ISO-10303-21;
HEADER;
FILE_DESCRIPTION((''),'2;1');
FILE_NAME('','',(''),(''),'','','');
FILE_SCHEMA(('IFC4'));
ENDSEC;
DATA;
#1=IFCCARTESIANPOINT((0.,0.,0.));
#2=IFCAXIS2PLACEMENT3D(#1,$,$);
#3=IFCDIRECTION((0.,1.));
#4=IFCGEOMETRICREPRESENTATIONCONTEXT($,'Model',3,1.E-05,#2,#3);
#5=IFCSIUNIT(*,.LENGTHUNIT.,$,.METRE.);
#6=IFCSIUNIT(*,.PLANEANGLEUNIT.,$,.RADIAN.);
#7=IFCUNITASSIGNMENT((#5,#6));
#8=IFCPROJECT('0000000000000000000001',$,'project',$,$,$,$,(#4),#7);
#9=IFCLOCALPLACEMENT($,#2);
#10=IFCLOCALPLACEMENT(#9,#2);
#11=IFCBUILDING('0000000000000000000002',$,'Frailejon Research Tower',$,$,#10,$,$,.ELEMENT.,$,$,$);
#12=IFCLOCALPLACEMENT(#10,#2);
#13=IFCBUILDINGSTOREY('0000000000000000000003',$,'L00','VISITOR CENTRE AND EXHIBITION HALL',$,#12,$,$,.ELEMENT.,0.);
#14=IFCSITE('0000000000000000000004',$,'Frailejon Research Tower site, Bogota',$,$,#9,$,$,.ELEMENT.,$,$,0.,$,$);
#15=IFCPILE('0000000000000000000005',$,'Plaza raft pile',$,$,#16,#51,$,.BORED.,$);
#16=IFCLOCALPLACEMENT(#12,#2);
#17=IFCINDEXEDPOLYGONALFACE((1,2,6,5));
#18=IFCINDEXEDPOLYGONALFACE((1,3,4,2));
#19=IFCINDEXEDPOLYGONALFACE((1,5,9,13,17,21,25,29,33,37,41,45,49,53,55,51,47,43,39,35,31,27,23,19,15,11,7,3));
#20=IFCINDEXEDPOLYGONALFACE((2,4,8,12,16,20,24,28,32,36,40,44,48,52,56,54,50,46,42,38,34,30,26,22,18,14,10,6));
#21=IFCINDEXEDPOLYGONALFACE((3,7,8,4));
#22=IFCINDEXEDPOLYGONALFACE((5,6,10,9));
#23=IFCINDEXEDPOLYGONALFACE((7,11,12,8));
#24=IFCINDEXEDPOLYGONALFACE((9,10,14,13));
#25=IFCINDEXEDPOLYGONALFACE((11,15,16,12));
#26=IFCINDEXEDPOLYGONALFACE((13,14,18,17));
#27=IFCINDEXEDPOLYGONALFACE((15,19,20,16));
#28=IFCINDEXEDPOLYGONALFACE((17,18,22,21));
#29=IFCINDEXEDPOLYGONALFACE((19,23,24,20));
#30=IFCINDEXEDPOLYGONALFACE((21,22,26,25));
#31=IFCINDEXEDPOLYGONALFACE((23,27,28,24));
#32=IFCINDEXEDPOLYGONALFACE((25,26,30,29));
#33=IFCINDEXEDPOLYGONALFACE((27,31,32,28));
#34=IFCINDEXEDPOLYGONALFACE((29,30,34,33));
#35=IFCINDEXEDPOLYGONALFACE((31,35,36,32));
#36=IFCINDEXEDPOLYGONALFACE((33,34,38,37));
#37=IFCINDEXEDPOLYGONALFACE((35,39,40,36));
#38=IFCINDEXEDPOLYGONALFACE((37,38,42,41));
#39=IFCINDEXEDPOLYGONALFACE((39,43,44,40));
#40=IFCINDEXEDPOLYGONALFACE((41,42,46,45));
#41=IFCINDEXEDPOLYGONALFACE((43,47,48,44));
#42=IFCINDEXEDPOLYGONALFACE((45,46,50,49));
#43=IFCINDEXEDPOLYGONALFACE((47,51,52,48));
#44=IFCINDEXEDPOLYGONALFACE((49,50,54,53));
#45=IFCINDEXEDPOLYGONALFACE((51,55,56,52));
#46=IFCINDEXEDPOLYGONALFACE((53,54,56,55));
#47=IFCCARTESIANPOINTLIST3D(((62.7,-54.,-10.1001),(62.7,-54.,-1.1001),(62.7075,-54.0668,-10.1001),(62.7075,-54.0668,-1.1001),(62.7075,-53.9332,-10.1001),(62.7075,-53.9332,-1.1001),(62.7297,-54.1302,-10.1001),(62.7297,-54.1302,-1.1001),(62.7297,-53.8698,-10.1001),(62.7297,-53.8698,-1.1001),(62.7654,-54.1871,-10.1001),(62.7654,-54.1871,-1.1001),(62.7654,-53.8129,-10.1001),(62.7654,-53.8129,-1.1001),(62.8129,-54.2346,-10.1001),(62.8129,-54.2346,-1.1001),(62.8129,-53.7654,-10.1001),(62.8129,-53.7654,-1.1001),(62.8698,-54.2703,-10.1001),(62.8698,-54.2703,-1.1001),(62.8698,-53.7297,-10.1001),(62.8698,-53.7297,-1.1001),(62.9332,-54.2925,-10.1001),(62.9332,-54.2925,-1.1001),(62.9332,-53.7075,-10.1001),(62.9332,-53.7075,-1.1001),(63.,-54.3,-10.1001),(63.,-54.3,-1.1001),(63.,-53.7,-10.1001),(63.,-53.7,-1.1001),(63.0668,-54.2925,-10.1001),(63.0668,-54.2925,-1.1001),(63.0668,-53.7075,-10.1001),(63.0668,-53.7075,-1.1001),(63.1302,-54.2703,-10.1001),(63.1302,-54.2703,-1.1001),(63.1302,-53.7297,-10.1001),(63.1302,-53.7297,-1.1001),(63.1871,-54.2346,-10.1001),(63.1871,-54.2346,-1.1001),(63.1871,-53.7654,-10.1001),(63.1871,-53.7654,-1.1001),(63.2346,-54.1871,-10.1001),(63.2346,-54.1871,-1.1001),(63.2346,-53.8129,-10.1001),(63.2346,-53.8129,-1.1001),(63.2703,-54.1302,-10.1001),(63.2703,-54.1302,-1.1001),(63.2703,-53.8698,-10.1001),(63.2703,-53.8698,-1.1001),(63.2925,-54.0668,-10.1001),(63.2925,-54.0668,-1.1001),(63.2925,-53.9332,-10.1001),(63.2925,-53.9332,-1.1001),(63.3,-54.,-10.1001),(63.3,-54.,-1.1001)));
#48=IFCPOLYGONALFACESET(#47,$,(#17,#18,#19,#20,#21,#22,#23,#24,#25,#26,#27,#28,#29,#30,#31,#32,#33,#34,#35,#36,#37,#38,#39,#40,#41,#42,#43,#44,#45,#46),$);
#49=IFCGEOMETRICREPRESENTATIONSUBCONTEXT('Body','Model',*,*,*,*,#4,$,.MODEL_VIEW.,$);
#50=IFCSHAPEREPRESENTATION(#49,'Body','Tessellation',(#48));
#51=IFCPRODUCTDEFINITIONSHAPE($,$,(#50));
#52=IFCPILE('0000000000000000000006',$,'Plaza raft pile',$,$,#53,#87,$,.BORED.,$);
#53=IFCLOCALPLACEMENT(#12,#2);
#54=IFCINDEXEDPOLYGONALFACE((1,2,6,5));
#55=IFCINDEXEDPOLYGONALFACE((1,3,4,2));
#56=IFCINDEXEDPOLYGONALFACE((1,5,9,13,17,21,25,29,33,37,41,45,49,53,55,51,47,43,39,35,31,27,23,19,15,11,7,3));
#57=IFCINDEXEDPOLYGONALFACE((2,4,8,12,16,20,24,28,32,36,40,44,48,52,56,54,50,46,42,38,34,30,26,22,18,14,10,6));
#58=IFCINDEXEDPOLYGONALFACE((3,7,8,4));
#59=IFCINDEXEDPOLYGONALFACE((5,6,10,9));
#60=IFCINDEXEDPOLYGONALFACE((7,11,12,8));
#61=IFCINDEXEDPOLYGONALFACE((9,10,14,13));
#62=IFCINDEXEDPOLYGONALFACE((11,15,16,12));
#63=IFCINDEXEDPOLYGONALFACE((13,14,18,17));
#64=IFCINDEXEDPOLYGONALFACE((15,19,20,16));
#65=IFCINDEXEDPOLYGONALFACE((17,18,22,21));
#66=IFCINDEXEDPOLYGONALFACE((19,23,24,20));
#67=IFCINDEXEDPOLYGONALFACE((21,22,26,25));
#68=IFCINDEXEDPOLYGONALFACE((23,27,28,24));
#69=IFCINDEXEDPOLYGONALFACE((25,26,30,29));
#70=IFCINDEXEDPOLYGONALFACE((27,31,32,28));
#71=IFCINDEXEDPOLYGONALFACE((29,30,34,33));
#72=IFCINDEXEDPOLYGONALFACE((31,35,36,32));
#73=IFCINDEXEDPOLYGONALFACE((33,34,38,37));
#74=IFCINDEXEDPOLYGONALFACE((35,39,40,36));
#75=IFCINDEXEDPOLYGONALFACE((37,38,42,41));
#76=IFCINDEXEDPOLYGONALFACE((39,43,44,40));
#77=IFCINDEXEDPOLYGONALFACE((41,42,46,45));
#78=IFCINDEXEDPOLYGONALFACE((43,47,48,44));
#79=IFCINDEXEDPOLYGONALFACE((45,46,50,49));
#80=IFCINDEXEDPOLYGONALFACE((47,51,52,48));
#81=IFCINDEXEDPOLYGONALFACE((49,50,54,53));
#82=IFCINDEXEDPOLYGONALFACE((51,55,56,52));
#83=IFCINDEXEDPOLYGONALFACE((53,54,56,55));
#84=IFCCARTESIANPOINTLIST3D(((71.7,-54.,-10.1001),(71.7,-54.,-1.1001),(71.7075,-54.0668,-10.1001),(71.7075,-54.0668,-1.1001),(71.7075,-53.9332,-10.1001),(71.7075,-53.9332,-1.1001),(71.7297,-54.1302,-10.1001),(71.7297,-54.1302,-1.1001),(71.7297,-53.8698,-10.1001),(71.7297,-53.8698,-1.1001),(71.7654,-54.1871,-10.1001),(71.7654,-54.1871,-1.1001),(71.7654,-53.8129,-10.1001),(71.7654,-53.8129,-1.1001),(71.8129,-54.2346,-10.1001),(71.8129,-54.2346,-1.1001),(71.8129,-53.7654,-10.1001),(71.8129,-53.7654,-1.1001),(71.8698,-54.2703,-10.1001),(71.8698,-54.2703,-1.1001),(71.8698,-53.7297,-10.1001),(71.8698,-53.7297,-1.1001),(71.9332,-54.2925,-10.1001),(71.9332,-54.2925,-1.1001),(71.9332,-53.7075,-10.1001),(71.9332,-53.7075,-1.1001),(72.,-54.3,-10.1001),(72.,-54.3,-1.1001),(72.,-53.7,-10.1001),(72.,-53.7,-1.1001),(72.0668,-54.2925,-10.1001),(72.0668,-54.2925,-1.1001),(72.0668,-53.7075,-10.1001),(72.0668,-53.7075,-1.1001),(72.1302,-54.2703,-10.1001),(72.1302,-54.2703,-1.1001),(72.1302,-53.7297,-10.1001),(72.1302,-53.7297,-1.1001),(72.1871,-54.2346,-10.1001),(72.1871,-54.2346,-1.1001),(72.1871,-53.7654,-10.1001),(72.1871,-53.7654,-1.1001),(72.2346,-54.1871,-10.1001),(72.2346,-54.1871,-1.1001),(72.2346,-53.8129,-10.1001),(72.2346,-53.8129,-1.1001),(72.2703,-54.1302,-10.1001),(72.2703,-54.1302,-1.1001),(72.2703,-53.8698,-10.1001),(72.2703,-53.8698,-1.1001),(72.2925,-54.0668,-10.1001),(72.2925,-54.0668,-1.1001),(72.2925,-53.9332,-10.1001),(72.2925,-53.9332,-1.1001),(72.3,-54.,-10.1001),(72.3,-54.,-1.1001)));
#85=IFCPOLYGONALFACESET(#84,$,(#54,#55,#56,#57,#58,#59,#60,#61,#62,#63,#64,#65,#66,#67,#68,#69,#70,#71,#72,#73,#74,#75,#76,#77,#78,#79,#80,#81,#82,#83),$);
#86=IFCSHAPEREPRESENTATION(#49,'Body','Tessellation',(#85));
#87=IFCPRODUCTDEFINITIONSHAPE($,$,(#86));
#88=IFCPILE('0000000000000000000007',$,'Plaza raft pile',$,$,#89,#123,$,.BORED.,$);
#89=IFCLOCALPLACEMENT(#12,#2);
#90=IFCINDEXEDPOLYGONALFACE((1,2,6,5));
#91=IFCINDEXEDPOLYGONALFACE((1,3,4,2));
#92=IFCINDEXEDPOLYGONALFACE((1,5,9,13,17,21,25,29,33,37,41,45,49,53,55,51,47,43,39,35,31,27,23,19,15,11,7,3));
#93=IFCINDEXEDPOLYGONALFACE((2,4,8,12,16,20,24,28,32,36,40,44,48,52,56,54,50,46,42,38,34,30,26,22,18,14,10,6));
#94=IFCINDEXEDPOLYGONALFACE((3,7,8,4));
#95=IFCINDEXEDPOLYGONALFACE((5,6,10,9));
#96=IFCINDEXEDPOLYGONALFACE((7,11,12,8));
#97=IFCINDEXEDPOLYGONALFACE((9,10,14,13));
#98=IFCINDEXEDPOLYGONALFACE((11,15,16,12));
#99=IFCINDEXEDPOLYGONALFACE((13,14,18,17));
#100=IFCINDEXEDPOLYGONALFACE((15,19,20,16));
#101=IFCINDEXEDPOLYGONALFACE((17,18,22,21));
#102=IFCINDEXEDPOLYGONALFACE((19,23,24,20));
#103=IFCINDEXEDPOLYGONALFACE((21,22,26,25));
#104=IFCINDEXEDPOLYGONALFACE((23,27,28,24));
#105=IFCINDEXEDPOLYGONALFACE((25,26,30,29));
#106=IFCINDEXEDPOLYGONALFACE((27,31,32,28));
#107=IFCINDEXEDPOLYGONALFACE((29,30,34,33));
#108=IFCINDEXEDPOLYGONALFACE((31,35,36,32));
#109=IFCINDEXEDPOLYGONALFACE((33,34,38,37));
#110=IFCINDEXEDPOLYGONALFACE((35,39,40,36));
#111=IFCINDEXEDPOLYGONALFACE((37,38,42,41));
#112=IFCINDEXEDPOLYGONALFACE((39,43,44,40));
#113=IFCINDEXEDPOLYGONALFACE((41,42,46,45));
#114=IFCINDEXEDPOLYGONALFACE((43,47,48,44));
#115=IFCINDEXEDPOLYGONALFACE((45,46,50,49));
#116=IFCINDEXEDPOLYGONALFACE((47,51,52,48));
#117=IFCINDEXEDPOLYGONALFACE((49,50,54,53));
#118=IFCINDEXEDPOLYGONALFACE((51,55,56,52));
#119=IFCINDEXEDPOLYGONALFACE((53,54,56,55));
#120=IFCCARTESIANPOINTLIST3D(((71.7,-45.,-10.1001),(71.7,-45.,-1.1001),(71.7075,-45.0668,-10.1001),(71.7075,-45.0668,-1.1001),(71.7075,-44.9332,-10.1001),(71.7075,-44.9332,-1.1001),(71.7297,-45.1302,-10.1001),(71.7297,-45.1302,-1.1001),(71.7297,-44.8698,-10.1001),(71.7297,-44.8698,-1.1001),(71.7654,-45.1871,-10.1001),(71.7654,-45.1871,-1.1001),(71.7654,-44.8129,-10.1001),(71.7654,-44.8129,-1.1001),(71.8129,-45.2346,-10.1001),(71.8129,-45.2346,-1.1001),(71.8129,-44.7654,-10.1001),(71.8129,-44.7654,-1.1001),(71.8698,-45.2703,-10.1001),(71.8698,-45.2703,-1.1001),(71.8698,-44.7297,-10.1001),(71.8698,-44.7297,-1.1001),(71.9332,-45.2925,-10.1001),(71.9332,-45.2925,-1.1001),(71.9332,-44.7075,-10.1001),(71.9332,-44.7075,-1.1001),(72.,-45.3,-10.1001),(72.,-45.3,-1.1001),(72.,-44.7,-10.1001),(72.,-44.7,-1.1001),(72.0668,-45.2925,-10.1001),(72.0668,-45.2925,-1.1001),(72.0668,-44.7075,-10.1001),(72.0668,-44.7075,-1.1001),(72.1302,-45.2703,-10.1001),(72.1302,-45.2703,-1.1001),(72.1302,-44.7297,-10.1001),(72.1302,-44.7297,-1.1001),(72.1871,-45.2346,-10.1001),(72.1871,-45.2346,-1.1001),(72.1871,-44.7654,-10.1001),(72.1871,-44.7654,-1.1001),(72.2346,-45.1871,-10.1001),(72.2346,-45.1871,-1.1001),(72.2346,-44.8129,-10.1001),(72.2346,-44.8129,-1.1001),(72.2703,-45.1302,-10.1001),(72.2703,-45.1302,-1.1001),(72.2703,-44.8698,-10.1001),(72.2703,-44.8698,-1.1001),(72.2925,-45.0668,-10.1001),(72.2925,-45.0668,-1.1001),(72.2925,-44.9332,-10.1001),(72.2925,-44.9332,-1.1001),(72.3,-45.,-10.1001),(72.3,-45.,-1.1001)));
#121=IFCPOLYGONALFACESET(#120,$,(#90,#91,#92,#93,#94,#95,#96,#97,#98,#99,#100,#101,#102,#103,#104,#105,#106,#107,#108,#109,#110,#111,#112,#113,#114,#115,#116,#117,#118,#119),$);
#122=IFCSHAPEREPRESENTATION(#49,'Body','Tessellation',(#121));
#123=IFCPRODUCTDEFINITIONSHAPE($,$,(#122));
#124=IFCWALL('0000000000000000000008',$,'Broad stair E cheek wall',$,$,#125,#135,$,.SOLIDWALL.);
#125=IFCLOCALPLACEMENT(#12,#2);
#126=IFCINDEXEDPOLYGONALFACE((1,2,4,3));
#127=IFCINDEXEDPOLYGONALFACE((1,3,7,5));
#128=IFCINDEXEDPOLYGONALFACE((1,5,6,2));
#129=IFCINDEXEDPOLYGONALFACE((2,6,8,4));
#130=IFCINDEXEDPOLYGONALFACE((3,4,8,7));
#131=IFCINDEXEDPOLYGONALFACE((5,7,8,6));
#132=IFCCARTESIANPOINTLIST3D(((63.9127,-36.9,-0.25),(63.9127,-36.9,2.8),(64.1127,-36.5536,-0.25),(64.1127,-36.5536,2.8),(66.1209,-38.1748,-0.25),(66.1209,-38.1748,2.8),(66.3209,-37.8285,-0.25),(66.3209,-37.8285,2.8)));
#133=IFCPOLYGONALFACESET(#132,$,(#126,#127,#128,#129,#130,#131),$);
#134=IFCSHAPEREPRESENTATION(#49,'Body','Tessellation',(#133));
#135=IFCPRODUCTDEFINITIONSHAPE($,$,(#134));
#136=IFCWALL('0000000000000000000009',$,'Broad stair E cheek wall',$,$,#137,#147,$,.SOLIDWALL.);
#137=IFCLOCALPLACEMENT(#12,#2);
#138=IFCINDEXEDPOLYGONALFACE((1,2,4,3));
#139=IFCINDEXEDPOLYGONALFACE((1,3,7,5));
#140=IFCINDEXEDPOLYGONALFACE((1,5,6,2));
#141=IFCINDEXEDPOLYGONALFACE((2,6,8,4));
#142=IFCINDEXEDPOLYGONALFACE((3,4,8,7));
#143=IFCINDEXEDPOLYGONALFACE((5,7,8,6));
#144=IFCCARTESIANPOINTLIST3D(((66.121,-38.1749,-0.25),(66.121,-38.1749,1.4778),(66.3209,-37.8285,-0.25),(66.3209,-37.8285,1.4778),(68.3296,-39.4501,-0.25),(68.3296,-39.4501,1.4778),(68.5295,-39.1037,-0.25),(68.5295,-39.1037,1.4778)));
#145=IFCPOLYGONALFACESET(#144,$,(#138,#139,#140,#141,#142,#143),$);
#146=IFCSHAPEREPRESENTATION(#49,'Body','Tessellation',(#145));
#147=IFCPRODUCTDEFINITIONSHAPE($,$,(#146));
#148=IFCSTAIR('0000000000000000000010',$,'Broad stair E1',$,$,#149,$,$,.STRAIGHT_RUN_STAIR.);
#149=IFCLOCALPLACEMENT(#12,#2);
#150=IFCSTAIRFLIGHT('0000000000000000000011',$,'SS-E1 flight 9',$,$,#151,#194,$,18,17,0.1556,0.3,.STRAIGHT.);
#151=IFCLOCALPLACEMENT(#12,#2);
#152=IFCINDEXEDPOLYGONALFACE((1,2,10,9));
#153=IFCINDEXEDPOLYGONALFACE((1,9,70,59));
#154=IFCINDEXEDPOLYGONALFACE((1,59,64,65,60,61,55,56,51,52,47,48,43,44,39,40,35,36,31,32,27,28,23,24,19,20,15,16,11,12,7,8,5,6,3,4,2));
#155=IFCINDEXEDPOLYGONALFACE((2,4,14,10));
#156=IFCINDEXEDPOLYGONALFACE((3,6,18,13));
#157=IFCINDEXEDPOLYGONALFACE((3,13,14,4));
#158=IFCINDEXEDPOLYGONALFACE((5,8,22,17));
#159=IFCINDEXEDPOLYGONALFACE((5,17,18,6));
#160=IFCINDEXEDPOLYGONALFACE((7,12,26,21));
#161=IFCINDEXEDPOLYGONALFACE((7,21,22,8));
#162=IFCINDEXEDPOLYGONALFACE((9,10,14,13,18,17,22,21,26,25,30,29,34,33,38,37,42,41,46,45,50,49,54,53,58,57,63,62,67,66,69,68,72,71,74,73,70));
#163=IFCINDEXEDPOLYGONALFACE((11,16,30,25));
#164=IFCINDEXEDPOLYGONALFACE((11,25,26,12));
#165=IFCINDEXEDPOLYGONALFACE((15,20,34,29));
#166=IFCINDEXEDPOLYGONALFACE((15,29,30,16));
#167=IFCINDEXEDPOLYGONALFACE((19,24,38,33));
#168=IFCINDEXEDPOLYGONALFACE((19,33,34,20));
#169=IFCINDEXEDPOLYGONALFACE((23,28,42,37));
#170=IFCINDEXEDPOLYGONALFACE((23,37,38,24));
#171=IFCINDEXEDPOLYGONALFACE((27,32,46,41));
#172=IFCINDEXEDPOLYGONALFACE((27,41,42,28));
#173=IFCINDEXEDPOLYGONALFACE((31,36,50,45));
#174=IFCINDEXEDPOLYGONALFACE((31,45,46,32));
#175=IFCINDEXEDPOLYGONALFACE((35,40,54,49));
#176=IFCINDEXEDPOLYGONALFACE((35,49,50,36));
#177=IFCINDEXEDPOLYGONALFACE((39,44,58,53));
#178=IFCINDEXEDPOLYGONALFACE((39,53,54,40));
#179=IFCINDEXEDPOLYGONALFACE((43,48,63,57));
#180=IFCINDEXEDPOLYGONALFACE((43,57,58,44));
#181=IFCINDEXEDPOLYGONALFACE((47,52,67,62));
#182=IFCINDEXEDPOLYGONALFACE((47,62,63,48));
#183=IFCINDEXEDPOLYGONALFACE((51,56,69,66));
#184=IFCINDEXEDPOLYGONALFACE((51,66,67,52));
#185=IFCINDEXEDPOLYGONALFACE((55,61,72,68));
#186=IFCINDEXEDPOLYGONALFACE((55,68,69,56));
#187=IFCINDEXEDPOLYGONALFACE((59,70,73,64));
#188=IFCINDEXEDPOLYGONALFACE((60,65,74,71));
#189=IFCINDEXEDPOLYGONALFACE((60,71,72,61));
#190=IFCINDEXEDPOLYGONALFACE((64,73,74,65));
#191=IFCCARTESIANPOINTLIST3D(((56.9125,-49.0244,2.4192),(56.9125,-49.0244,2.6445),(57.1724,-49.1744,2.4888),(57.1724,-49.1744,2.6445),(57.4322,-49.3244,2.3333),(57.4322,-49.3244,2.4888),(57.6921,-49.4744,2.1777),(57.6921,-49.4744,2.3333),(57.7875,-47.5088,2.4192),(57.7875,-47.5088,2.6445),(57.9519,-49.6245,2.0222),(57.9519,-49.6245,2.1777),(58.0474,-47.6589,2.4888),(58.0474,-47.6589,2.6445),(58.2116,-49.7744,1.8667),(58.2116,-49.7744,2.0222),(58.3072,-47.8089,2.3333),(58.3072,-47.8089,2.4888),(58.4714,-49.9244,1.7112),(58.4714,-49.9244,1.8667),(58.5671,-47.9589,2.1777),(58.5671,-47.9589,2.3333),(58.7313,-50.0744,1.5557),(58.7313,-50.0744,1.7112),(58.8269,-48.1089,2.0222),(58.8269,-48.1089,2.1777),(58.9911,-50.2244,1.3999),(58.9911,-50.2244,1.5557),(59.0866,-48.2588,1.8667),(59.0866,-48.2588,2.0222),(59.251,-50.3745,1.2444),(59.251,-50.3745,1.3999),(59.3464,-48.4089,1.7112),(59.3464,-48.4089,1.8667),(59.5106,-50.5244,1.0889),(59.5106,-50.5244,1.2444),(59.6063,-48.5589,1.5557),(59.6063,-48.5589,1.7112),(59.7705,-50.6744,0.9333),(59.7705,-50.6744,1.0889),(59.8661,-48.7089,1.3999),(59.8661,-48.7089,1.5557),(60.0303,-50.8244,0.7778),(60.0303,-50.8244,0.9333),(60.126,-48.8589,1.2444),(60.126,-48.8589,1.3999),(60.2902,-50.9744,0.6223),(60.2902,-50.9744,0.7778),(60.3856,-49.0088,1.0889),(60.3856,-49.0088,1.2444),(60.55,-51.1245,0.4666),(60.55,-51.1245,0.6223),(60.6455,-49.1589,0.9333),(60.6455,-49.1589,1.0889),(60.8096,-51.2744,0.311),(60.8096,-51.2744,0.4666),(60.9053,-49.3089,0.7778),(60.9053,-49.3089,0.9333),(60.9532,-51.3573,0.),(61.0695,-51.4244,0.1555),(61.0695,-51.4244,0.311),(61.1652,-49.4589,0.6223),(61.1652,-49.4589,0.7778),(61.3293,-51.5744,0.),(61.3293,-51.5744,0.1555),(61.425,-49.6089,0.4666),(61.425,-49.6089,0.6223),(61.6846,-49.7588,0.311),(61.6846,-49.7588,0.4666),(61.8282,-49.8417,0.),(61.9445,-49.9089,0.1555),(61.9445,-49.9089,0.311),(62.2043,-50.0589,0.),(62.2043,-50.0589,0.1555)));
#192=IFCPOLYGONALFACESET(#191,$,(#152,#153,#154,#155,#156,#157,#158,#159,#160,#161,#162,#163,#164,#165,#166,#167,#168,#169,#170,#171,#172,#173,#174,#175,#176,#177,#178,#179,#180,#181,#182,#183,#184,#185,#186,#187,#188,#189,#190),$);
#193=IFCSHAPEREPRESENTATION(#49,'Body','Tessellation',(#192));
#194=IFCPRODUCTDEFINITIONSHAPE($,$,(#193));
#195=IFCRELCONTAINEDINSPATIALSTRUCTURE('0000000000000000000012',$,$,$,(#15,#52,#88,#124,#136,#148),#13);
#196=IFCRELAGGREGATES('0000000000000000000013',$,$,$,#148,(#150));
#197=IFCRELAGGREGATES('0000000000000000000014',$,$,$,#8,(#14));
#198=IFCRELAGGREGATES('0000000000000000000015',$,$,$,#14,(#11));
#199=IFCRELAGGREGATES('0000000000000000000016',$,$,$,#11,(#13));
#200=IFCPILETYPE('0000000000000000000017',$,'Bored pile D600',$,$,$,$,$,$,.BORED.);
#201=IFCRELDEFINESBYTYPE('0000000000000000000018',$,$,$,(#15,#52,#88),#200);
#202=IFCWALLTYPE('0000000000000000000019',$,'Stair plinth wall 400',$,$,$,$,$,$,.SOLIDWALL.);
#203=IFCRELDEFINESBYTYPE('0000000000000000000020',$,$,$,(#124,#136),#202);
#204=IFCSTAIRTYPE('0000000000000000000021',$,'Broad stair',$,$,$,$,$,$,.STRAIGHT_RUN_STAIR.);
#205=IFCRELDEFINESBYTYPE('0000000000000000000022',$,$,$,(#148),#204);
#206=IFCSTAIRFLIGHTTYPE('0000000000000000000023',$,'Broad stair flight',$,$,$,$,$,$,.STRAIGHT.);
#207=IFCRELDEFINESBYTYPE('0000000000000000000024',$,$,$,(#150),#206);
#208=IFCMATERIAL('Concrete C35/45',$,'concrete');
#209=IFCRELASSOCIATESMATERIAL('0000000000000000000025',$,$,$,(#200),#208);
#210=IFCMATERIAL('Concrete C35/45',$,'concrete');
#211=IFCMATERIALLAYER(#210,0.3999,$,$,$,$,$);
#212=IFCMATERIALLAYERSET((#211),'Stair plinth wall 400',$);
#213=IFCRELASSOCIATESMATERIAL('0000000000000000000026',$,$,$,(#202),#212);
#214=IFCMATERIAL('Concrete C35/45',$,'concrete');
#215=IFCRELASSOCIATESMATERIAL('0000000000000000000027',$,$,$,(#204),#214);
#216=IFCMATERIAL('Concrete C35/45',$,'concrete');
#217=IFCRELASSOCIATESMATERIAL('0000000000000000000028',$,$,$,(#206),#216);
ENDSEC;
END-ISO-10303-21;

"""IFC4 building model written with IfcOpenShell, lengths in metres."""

from ifc_helpers import new_model, si_unit, direction, frame, frame_2d, origin, origin_2d, place, context, subcontext, project, spatial, polyline, rectangle, circle, outline, extrude, material, layer, layer_set, material_profile, profile_set, type_object, element, aggregate, save


model = new_model("IFC4")

# Units and contexts
model_context = context("Model", 3, precision=1e-05, world=origin(), true_north=direction((0.0, 1.0)))
body_context = subcontext(model_context, "Body", "Model", "MODEL_VIEW")
ifc_project = project(units=[si_unit("LENGTHUNIT", "METRE"), si_unit("PLANEANGLEUNIT", "RADIAN")], contexts=[model_context])

# Site, building, storey
site_placement = place(None, origin())
site = spatial("IfcSite", under=ifc_project, at=site_placement, Name="Frailejon Research Tower site, Bogota", CompositionType="ELEMENT", RefElevation=0.0)
building_placement = place(site_placement, origin())
building = spatial("IfcBuilding", under=site, at=building_placement, Name="Frailejon Research Tower", CompositionType="ELEMENT")
storey_placement = place(building_placement, origin())
storey = spatial("IfcBuildingStorey", under=building, at=storey_placement, Name="L00", Description="VISITOR CENTRE AND EXHIBITION HALL", CompositionType="ELEMENT", Elevation=0.0)

# Piles
ifc_material_1 = material(Name="Concrete C35/45", Category="concrete")
ifc_material_profile = material_profile(ifc_material_1, circle(Radius=0.3, at=origin_2d()), Name="Bored pile D600")
ifc_profile_set = profile_set([ifc_material_profile], Name="Concrete C35/45")
pile_type = type_object("IfcPileType", Name="Bored pile D600", PredefinedType="BORED", material=ifc_profile_set)
for number, where, z_axis, x_axis, name in (
    (1, (63.0, -54.0, -1.1001), (0.0, 0.0, -1.0), (1.0, 0.0, 0.0), "Plaza raft pile"),
    (2, (72.0, -54.0, -1.1001), (0.0, 0.0, -1.0), (1.0, 0.0, 0.0), "Plaza raft pile"),
    (3, (72.0, -45.0, -1.1001), (0.0, 0.0, -1.0), (1.0, 0.0, 0.0), "Plaza raft pile"),
):
    element("IfcPile", number, at=place(storey_placement, frame(where, z_axis=z_axis, x_axis=x_axis)), inside=storey, type_object=pile_type, Name=name, PredefinedType="BORED", context=body_context, shape_type="SweptSolid", body=[
        extrude(circle(Radius=0.3, at=origin_2d()), origin(), (0.0, 0.0, 1.0), 9.0),
    ])

# Walls
ifc_material_2 = material(Name="Concrete C35/45", Category="concrete")
ifc_layer = layer(ifc_material_2, 0.3999)
ifc_layer_set = layer_set([ifc_layer], Name="Stair plinth wall 400")
wall_type = type_object("IfcWallType", Name="Stair plinth wall 400", PredefinedType="SOLIDWALL", material=ifc_layer_set)
wall_1_placement = place(storey_placement, frame((64.0127, -36.7268, -0.25), z_axis=(0.0, 0.0, 1.0), x_axis=(0.866031, -0.49999, 0.0)))
element("IfcWall", 4, at=wall_1_placement, inside=storey, type_object=wall_type, Name="Broad stair E cheek wall", PredefinedType="SOLIDWALL", context=body_context, shape_type="SweptSolid", body=[
    extrude(rectangle(XDim=2.5498, YDim=0.3999, at=frame_2d((1.2749, 0.0))), origin(), (0.0, 0.0, 1.0), 3.05),
])
wall_2_placement = place(storey_placement, frame((66.2209, -38.0017, -0.25), z_axis=(0.0, 0.0, 1.0), x_axis=(0.866013, -0.500021, 0.0)))
element("IfcWall", 5, at=wall_2_placement, inside=storey, type_object=wall_type, Name="Broad stair E cheek wall", PredefinedType="SOLIDWALL", context=body_context, shape_type="SweptSolid", body=[
    extrude(rectangle(XDim=2.5503, YDim=0.3999, at=frame_2d((1.2751, 0.0))), origin(), (0.0, 0.0, 1.0), 1.7278),
])

# Stair, stair flight
ifc_material_3 = material(Name="Concrete C35/45", Category="concrete")
stair_type = type_object("IfcStairType", Name="Broad stair", PredefinedType="STRAIGHT_RUN_STAIR", material=ifc_material_3)
stair_placement = place(storey_placement, origin())
stair = element("IfcStair", 6, at=stair_placement, inside=storey, type_object=stair_type, Name="Broad stair E1", PredefinedType="STRAIGHT_RUN_STAIR")
ifc_material_4 = material(Name="Concrete C35/45", Category="concrete")
stair_flight_type = type_object("IfcStairFlightType", Name="Broad stair flight", PredefinedType="STRAIGHT", material=ifc_material_4)
stair_flight_1_placement = place(storey_placement, frame((61.7668, -50.8167, 0.0), z_axis=(0.0, 0.0, 1.0), x_axis=(-0.866025, 0.5, 0.0)))
stair_flight_1 = element("IfcStairFlight", 7, at=stair_flight_1_placement, type_object=stair_flight_type, Name="SS-E1 flight 9", NumberOfRisers=18, NumberOfTreads=17, PredefinedType="STRAIGHT", RiserHeight=0.1556, TreadLength=0.3, context=body_context, shape_type="SweptSolid", body=[
    extrude(outline(polyline([(0.0, 0.0), (0.0, 0.1555), (0.3, 0.1555), (0.3, 0.311), (0.6001, 0.311), (0.6001, 0.4666), (0.8999, 0.4666), (0.8999, 0.6223), (1.2, 0.6223), (1.2, 0.7778), (1.5, 0.7778), (1.5, 0.9333), (1.8, 0.9333), (1.8, 1.0889), (2.1001, 1.0889), (2.1001, 1.2444), (2.3999, 1.2444), (2.3999, 1.3999), (2.7, 1.3999), (2.7, 1.5557), (3.0, 1.5557), (3.0, 1.7112), (3.3, 1.7112), (3.3, 1.8667), (3.6001, 1.8667), (3.6001, 2.0222), (3.8999, 2.0222), (3.8999, 2.1777), (4.2, 2.1777), (4.2, 2.3333), (4.5, 2.3333), (4.5, 2.4888), (4.8, 2.4888), (4.8, 2.6445), (5.1001, 2.6445), (5.1001, 2.8), (5.1001, 2.4192), (0.4343, 0.0), (0.0, 0.0)])), frame((0.0, 0.875, 0.0), z_axis=(0.0, -1.0, 0.0), x_axis=(1.0, 0.0, 0.0)), (0.0, 0.0, 1.0), 1.75),
])
aggregate(stair, [stair_flight_1])

save(model, "model.ifc")
